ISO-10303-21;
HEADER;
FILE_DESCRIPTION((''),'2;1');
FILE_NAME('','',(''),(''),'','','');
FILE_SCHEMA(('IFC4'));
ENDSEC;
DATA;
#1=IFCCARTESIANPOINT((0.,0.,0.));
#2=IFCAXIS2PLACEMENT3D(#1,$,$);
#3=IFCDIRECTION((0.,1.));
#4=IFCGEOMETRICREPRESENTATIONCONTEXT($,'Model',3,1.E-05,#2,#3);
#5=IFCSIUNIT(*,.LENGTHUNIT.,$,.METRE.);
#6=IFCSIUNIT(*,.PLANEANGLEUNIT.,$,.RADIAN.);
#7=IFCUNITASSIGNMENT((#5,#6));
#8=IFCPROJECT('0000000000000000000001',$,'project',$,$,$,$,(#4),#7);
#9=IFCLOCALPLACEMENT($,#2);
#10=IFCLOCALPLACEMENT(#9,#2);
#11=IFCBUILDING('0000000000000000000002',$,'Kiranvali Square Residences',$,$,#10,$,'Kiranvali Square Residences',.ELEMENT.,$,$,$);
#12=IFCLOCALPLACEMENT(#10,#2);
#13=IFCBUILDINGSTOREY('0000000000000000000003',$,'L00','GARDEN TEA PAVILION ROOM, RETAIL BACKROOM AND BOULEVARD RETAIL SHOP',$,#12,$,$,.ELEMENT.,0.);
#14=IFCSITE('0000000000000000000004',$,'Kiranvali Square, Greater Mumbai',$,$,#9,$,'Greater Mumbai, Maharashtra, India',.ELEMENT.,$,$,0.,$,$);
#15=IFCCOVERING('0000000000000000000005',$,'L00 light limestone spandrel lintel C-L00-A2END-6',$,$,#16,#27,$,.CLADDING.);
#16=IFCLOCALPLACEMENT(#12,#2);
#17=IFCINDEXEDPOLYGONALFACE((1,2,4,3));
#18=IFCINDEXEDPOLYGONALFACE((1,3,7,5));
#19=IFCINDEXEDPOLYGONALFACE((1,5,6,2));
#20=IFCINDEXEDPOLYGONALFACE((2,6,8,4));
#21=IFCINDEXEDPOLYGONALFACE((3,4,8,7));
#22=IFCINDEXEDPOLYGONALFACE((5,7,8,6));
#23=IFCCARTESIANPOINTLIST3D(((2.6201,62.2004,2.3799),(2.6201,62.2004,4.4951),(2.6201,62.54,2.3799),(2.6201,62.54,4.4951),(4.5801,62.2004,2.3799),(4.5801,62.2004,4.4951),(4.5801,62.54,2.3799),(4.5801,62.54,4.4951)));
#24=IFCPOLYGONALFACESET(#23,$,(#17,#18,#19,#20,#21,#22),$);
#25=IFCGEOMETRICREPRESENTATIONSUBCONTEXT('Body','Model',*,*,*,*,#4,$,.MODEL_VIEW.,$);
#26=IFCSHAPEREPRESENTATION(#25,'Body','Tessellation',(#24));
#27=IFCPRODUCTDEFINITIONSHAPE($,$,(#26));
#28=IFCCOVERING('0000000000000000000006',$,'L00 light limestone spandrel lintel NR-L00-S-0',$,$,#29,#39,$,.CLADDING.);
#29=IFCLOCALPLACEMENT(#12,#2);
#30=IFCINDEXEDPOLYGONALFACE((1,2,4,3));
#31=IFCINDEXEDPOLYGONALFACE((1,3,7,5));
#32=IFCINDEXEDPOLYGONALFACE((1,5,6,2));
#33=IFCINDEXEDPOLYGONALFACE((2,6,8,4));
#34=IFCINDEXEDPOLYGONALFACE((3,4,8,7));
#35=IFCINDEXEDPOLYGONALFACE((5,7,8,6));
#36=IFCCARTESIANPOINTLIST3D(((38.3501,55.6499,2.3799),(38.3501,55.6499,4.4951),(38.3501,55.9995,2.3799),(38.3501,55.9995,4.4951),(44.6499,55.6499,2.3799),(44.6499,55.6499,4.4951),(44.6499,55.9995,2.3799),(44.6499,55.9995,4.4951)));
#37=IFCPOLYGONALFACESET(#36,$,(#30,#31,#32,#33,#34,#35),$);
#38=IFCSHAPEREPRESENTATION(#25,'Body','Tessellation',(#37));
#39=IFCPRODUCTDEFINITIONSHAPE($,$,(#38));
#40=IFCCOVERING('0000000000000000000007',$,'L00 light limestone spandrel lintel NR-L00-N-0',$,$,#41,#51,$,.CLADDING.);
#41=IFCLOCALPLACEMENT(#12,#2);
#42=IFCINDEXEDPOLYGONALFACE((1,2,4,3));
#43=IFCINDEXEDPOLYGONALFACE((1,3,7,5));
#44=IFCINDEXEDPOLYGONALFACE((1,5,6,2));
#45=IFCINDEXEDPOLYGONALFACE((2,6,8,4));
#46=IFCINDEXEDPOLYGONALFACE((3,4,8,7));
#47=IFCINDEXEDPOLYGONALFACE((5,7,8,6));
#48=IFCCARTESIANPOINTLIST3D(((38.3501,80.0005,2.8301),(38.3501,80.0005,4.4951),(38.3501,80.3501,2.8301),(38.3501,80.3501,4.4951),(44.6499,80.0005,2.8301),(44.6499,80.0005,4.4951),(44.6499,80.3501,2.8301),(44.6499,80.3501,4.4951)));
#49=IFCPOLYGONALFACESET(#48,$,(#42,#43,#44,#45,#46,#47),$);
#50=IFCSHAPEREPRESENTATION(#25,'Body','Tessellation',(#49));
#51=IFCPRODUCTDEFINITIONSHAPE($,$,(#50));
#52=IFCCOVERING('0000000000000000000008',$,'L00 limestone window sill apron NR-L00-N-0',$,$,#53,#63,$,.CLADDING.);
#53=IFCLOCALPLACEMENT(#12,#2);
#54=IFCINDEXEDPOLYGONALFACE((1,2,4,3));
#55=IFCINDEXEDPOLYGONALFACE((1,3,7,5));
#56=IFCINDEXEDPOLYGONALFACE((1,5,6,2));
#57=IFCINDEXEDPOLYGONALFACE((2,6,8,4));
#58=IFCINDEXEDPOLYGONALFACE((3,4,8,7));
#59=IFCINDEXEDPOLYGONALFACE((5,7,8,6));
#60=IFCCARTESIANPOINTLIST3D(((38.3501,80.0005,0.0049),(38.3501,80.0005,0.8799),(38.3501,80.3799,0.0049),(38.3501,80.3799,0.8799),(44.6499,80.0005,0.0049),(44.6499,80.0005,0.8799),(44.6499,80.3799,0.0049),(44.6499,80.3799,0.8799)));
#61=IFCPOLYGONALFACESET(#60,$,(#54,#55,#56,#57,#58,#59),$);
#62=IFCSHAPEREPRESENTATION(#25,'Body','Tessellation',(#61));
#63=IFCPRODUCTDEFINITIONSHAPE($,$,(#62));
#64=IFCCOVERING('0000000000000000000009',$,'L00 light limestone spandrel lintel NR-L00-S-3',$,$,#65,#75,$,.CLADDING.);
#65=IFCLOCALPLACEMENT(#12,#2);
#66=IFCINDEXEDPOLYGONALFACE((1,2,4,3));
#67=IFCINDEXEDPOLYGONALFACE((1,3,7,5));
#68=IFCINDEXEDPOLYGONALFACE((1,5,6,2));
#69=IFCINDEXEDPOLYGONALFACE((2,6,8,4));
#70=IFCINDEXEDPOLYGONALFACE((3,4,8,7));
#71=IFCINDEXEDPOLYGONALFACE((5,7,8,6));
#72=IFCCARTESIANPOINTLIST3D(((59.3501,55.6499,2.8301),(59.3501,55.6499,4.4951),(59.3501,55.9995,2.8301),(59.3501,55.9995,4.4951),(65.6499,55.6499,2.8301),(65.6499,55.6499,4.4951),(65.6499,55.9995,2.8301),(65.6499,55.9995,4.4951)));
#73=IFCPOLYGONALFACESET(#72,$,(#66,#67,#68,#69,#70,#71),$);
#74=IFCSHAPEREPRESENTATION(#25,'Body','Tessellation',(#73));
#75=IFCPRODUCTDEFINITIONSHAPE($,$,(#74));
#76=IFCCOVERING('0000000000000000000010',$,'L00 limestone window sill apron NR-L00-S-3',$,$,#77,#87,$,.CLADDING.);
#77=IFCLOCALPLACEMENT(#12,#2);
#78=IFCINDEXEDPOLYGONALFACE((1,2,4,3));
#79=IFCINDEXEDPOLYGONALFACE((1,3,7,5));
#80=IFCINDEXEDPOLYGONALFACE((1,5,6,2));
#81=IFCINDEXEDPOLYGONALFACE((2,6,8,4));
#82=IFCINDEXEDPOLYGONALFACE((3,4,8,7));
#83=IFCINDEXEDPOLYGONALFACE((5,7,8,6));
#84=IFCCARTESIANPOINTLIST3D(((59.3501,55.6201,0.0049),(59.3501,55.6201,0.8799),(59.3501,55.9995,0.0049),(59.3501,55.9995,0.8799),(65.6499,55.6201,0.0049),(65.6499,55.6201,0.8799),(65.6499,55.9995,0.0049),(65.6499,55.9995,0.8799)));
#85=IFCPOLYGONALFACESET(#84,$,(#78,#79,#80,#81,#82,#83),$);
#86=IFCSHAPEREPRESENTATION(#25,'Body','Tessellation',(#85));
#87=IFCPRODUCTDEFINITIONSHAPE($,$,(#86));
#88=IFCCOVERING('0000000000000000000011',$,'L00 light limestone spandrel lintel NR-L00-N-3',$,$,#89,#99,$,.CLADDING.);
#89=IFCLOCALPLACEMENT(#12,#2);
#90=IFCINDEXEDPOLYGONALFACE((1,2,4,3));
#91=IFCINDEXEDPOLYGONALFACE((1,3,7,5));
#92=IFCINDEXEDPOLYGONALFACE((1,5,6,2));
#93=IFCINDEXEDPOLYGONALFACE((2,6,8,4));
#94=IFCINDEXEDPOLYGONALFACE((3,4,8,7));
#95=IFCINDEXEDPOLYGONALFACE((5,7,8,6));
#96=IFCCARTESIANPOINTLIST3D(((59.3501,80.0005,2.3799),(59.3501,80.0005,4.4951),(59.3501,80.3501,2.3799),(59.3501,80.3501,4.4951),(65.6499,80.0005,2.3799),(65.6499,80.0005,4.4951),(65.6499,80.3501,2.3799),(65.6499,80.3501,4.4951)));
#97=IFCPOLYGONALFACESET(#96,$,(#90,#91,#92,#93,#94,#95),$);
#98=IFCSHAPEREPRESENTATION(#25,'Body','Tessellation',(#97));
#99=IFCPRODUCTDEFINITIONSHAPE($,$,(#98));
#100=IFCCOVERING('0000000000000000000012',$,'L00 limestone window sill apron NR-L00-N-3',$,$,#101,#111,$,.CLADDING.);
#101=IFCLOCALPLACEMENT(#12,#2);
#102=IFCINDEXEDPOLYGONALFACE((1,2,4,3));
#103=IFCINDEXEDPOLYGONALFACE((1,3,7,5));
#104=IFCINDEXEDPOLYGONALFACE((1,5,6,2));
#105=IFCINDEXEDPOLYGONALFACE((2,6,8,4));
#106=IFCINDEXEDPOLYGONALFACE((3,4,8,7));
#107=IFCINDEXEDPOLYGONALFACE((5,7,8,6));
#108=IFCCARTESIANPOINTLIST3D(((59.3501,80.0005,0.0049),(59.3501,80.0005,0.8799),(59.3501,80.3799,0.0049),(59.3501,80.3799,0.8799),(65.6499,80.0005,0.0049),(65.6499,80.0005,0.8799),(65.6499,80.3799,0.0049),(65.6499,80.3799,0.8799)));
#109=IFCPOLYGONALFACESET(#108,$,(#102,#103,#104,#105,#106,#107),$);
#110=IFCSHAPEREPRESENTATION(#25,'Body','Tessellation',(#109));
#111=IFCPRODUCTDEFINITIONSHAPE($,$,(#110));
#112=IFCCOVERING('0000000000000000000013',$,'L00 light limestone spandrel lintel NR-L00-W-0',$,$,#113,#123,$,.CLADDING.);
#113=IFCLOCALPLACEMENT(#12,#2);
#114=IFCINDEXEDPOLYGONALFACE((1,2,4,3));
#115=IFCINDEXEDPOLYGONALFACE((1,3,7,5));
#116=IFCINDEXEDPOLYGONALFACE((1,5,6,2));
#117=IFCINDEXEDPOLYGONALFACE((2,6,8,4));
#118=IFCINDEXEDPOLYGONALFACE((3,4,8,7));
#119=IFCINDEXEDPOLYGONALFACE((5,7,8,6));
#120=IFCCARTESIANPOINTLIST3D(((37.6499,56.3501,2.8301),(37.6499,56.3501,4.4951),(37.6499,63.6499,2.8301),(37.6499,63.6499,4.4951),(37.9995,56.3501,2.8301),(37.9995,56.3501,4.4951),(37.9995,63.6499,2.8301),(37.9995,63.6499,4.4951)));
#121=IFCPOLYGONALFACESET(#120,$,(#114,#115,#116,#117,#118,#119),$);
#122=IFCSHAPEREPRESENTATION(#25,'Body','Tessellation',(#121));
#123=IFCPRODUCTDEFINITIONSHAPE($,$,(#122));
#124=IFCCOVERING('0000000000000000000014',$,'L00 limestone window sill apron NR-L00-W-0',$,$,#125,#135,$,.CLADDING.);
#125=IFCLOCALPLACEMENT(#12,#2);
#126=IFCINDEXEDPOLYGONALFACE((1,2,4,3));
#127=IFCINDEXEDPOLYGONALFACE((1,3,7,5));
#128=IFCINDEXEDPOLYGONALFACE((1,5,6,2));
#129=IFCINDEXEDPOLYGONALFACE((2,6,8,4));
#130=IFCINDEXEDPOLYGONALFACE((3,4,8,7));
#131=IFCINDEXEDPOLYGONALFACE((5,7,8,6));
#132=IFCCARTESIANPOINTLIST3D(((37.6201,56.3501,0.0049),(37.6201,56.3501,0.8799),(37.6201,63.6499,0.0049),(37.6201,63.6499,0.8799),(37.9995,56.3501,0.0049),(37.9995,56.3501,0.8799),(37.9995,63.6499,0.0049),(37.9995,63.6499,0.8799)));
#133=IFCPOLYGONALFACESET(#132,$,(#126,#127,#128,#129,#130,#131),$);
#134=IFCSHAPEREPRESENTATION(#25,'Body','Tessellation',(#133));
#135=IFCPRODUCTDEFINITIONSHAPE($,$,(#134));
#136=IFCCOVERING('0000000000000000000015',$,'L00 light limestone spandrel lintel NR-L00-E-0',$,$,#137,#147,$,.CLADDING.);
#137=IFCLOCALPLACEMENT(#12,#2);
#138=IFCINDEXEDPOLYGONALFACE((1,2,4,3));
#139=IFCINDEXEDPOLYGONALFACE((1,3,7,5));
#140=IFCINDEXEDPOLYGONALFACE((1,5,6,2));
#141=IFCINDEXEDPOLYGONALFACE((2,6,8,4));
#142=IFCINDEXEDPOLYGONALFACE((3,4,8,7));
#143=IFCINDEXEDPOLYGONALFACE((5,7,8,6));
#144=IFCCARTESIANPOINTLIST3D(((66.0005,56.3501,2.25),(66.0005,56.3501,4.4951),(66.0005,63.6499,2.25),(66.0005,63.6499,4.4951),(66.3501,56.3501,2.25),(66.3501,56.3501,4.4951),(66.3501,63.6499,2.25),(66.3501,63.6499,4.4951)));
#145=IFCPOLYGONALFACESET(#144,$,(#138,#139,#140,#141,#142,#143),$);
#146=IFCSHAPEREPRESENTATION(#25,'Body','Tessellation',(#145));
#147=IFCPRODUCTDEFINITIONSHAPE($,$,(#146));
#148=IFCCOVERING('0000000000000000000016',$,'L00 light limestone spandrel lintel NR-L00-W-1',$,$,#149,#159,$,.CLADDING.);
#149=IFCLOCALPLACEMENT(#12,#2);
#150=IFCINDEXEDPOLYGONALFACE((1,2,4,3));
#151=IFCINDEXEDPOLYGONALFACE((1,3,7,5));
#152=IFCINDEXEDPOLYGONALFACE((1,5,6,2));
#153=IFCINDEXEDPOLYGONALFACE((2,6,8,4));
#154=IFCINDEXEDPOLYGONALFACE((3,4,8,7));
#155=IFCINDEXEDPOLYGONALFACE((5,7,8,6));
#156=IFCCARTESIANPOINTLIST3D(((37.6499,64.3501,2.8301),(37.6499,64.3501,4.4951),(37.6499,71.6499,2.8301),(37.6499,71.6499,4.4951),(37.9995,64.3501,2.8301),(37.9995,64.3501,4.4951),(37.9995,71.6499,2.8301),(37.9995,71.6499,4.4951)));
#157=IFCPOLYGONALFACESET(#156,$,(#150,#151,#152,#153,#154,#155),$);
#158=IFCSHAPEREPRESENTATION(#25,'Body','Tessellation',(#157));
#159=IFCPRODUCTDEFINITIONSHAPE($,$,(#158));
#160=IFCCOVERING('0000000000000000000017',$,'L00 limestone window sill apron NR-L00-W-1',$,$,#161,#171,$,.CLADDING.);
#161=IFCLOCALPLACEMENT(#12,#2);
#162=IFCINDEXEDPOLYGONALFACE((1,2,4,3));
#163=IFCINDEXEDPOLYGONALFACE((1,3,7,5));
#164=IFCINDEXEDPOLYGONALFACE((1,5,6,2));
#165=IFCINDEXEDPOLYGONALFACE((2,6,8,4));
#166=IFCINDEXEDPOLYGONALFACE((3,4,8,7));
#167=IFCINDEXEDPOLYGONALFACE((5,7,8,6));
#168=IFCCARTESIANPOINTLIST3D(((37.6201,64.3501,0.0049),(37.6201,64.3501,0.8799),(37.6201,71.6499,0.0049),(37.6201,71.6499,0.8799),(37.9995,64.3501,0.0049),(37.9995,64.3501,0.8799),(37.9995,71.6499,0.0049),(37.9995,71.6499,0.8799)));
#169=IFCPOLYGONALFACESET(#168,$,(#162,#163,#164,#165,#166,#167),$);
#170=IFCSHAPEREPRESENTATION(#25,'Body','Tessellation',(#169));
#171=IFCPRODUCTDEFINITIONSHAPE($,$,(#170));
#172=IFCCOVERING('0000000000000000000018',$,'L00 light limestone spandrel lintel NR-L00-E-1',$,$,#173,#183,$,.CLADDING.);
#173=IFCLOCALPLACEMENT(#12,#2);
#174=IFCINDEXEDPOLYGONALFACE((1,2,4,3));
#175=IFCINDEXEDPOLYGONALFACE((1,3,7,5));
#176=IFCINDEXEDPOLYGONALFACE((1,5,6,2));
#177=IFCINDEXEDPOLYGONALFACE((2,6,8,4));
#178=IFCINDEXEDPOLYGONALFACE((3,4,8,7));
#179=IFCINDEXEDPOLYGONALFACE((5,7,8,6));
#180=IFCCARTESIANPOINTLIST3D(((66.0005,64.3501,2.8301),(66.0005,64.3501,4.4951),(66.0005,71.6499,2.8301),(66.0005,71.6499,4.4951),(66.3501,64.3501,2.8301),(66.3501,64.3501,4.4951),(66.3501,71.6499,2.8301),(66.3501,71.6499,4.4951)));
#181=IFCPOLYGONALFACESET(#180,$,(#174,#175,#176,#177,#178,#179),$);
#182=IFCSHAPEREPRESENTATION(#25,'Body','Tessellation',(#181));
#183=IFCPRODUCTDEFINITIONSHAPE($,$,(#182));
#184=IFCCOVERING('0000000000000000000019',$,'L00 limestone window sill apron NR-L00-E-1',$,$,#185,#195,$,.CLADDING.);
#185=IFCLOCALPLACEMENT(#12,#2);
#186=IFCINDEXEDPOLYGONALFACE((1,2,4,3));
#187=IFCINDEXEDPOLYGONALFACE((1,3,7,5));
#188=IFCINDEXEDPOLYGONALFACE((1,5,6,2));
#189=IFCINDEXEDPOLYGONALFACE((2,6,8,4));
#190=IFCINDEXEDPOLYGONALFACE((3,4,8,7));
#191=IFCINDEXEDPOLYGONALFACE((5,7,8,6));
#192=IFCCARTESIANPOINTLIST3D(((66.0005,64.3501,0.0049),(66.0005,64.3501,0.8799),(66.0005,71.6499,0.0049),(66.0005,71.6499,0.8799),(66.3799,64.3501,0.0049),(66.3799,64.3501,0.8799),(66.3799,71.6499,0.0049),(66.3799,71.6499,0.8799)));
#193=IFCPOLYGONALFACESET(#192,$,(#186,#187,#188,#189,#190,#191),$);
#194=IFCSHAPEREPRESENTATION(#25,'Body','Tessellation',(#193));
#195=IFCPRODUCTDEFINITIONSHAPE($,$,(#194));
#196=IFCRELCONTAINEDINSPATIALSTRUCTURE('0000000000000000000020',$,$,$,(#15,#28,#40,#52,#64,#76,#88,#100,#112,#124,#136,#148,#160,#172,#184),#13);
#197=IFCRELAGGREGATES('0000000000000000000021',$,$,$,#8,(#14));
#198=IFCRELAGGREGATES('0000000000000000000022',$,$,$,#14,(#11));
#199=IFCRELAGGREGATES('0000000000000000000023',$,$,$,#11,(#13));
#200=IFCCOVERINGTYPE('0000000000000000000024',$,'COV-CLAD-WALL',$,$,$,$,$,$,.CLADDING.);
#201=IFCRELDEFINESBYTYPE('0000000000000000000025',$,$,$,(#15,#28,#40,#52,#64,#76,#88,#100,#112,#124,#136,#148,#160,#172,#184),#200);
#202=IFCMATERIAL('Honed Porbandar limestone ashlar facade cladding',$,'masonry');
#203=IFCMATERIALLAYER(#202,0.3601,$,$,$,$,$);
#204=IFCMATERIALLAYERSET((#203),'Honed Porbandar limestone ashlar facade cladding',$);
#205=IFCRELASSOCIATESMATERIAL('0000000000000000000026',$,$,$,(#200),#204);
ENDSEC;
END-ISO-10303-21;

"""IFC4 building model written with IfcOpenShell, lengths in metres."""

from ifc_helpers import new_model, si_unit, direction, frame, origin, place, context, subcontext, project, spatial, polyline, outline, extrude, material, layer, layer_set, type_object, element, save


model = new_model("IFC4")

# Units and contexts
model_context = context("Model", 3, precision=1e-05, world=origin(), true_north=direction((0.0, 1.0)))
body_context = subcontext(model_context, "Body", "Model", "MODEL_VIEW")
ifc_project = project(units=[si_unit("LENGTHUNIT", "METRE"), si_unit("PLANEANGLEUNIT", "RADIAN")], contexts=[model_context])

# Site, building, storey
site_placement = place(None, origin())
site = spatial("IfcSite", under=ifc_project, at=site_placement, Name="Kiranvali Square, Greater Mumbai", LongName="Greater Mumbai, Maharashtra, India", CompositionType="ELEMENT", RefElevation=0.0)
building_placement = place(site_placement, origin())
building = spatial("IfcBuilding", under=site, at=building_placement, Name="Kiranvali Square Residences", LongName="Kiranvali Square Residences", CompositionType="ELEMENT")
storey_placement = place(building_placement, origin())
storey = spatial("IfcBuildingStorey", under=building, at=storey_placement, Name="L00", Description="GARDEN TEA PAVILION ROOM, RETAIL BACKROOM AND BOULEVARD RETAIL SHOP", CompositionType="ELEMENT", Elevation=0.0)

# Coverings
ifc_material = material(Name="Honed Porbandar limestone ashlar facade cladding", Category="masonry")
ifc_layer_1 = layer(ifc_material, 0.3601)
ifc_layer_set_1 = layer_set([ifc_layer_1], Name="Honed Porbandar limestone ashlar facade cladding")
covering_type_1 = type_object("IfcCoveringType", Name="COV-CLAD-WALL", PredefinedType="CLADDING", material=ifc_layer_set_1)
covering_1_placement = place(storey_placement, frame((0.0, 0.0, 2.3799)))
element("IfcCovering", 1, at=covering_1_placement, inside=storey, type_object=covering_type_1, Name="L00 light limestone spandrel lintel C-L00-A2END-6", PredefinedType="CLADDING", context=body_context, shape_type="SweptSolid", body=[
    extrude(outline(polyline([(4.5801, 62.54), (2.6201, 62.54), (2.6201, 62.2004), (4.5801, 62.2004), (4.5801, 62.54)])), origin(), (0.0, 0.0, 1.0), 2.1152),
])
covering_2_placement = place(storey_placement, frame((0.0, 0.0, 2.3799)))
element("IfcCovering", 2, at=covering_2_placement, inside=storey, type_object=covering_type_1, Name="L00 light limestone spandrel lintel NR-L00-S-0", PredefinedType="CLADDING", context=body_context, shape_type="SweptSolid", body=[
    extrude(outline(polyline([(38.3501, 55.6499), (44.6499, 55.6499), (44.6499, 55.9995), (38.3501, 55.9995), (38.3501, 55.6499)])), origin(), (0.0, 0.0, 1.0), 2.1152),
])
covering_3_placement = place(storey_placement, frame((0.0, 0.0, 2.8301)))
element("IfcCovering", 3, at=covering_3_placement, inside=storey, type_object=covering_type_1, Name="L00 light limestone spandrel lintel NR-L00-N-0", PredefinedType="CLADDING", context=body_context, shape_type="SweptSolid", body=[
    extrude(outline(polyline([(38.3501, 80.0005), (44.6499, 80.0005), (44.6499, 80.3501), (38.3501, 80.3501), (38.3501, 80.0005)])), origin(), (0.0, 0.0, 1.0), 1.665),
])
covering_4_placement = place(storey_placement, frame((0.0, 0.0, 0.0049)))
element("IfcCovering", 4, at=covering_4_placement, inside=storey, type_object=covering_type_1, Name="L00 limestone window sill apron NR-L00-N-0", PredefinedType="CLADDING", context=body_context, shape_type="SweptSolid", body=[
    extrude(outline(polyline([(38.3501, 80.0005), (44.6499, 80.0005), (44.6499, 80.3799), (38.3501, 80.3799), (38.3501, 80.0005)])), origin(), (0.0, 0.0, 1.0), 0.875),
])
covering_5_placement = place(storey_placement, frame((0.0, 0.0, 2.8301)))
element("IfcCovering", 5, at=covering_5_placement, inside=storey, type_object=covering_type_1, Name="L00 light limestone spandrel lintel NR-L00-S-3", PredefinedType="CLADDING", context=body_context, shape_type="SweptSolid", body=[
    extrude(outline(polyline([(59.3501, 55.6499), (65.6499, 55.6499), (65.6499, 55.9995), (59.3501, 55.9995), (59.3501, 55.6499)])), origin(), (0.0, 0.0, 1.0), 1.665),
])
covering_6_placement = place(storey_placement, frame((0.0, 0.0, 0.0049)))
element("IfcCovering", 6, at=covering_6_placement, inside=storey, type_object=covering_type_1, Name="L00 limestone window sill apron NR-L00-S-3", PredefinedType="CLADDING", context=body_context, shape_type="SweptSolid", body=[
    extrude(outline(polyline([(59.3501, 55.6201), (65.6499, 55.6201), (65.6499, 55.9995), (59.3501, 55.9995), (59.3501, 55.6201)])), origin(), (0.0, 0.0, 1.0), 0.875),
])
covering_7_placement = place(storey_placement, frame((0.0, 0.0, 2.3799)))
element("IfcCovering", 7, at=covering_7_placement, inside=storey, type_object=covering_type_1, Name="L00 light limestone spandrel lintel NR-L00-N-3", PredefinedType="CLADDING", context=body_context, shape_type="SweptSolid", body=[
    extrude(outline(polyline([(59.3501, 80.0005), (65.6499, 80.0005), (65.6499, 80.3501), (59.3501, 80.3501), (59.3501, 80.0005)])), origin(), (0.0, 0.0, 1.0), 2.1152),
])
covering_8_placement = place(storey_placement, frame((0.0, 0.0, 0.0049)))
element("IfcCovering", 8, at=covering_8_placement, inside=storey, type_object=covering_type_1, Name="L00 limestone window sill apron NR-L00-N-3", PredefinedType="CLADDING", context=body_context, shape_type="SweptSolid", body=[
    extrude(outline(polyline([(59.3501, 80.0005), (65.6499, 80.0005), (65.6499, 80.3799), (59.3501, 80.3799), (59.3501, 80.0005)])), origin(), (0.0, 0.0, 1.0), 0.875),
])
covering_9_placement = place(storey_placement, frame((0.0, 0.0, 2.8301)))
element("IfcCovering", 9, at=covering_9_placement, inside=storey, type_object=covering_type_1, Name="L00 light limestone spandrel lintel NR-L00-W-0", PredefinedType="CLADDING", context=body_context, shape_type="SweptSolid", body=[
    extrude(outline(polyline([(37.9995, 56.3501), (37.9995, 63.6499), (37.6499, 63.6499), (37.6499, 56.3501), (37.9995, 56.3501)])), origin(), (0.0, 0.0, 1.0), 1.665),
])
covering_10_placement = place(storey_placement, frame((0.0, 0.0, 0.0049)))
element("IfcCovering", 10, at=covering_10_placement, inside=storey, type_object=covering_type_1, Name="L00 limestone window sill apron NR-L00-W-0", PredefinedType="CLADDING", context=body_context, shape_type="SweptSolid", body=[
    extrude(outline(polyline([(37.9995, 56.3501), (37.9995, 63.6499), (37.6201, 63.6499), (37.6201, 56.3501), (37.9995, 56.3501)])), origin(), (0.0, 0.0, 1.0), 0.875),
])
covering_11_placement = place(storey_placement, frame((0.0, 0.0, 2.25)))
element("IfcCovering", 11, at=covering_11_placement, inside=storey, type_object=covering_type_1, Name="L00 light limestone spandrel lintel NR-L00-E-0", PredefinedType="CLADDING", context=body_context, shape_type="SweptSolid", body=[
    extrude(outline(polyline([(66.3501, 56.3501), (66.3501, 63.6499), (66.0005, 63.6499), (66.0005, 56.3501), (66.3501, 56.3501)])), origin(), (0.0, 0.0, 1.0), 2.2451),
])
covering_12_placement = place(storey_placement, frame((0.0, 0.0, 2.8301)))
element("IfcCovering", 12, at=covering_12_placement, inside=storey, type_object=covering_type_1, Name="L00 light limestone spandrel lintel NR-L00-W-1", PredefinedType="CLADDING", context=body_context, shape_type="SweptSolid", body=[
    extrude(outline(polyline([(37.9995, 64.3501), (37.9995, 71.6499), (37.6499, 71.6499), (37.6499, 64.3501), (37.9995, 64.3501)])), origin(), (0.0, 0.0, 1.0), 1.665),
])
covering_13_placement = place(storey_placement, frame((0.0, 0.0, 0.0049)))
element("IfcCovering", 13, at=covering_13_placement, inside=storey, type_object=covering_type_1, Name="L00 limestone window sill apron NR-L00-W-1", PredefinedType="CLADDING", context=body_context, shape_type="SweptSolid", body=[
    extrude(outline(polyline([(37.9995, 64.3501), (37.9995, 71.6499), (37.6201, 71.6499), (37.6201, 64.3501), (37.9995, 64.3501)])), origin(), (0.0, 0.0, 1.0), 0.875),
])
covering_14_placement = place(storey_placement, frame((0.0, 0.0, 2.8301)))
element("IfcCovering", 14, at=covering_14_placement, inside=storey, type_object=covering_type_1, Name="L00 light limestone spandrel lintel NR-L00-E-1", PredefinedType="CLADDING", context=body_context, shape_type="SweptSolid", body=[
    extrude(outline(polyline([(66.3501, 64.3501), (66.3501, 71.6499), (66.0005, 71.6499), (66.0005, 64.3501), (66.3501, 64.3501)])), origin(), (0.0, 0.0, 1.0), 1.665),
])
covering_15_placement = place(storey_placement, frame((0.0, 0.0, 0.0049)))
element("IfcCovering", 15, at=covering_15_placement, inside=storey, type_object=covering_type_1, Name="L00 limestone window sill apron NR-L00-E-1", PredefinedType="CLADDING", context=body_context, shape_type="SweptSolid", body=[
    extrude(outline(polyline([(66.3799, 64.3501), (66.3799, 71.6499), (66.0005, 71.6499), (66.0005, 64.3501), (66.3799, 64.3501)])), origin(), (0.0, 0.0, 1.0), 0.875),
])

save(model, "model.ifc")
